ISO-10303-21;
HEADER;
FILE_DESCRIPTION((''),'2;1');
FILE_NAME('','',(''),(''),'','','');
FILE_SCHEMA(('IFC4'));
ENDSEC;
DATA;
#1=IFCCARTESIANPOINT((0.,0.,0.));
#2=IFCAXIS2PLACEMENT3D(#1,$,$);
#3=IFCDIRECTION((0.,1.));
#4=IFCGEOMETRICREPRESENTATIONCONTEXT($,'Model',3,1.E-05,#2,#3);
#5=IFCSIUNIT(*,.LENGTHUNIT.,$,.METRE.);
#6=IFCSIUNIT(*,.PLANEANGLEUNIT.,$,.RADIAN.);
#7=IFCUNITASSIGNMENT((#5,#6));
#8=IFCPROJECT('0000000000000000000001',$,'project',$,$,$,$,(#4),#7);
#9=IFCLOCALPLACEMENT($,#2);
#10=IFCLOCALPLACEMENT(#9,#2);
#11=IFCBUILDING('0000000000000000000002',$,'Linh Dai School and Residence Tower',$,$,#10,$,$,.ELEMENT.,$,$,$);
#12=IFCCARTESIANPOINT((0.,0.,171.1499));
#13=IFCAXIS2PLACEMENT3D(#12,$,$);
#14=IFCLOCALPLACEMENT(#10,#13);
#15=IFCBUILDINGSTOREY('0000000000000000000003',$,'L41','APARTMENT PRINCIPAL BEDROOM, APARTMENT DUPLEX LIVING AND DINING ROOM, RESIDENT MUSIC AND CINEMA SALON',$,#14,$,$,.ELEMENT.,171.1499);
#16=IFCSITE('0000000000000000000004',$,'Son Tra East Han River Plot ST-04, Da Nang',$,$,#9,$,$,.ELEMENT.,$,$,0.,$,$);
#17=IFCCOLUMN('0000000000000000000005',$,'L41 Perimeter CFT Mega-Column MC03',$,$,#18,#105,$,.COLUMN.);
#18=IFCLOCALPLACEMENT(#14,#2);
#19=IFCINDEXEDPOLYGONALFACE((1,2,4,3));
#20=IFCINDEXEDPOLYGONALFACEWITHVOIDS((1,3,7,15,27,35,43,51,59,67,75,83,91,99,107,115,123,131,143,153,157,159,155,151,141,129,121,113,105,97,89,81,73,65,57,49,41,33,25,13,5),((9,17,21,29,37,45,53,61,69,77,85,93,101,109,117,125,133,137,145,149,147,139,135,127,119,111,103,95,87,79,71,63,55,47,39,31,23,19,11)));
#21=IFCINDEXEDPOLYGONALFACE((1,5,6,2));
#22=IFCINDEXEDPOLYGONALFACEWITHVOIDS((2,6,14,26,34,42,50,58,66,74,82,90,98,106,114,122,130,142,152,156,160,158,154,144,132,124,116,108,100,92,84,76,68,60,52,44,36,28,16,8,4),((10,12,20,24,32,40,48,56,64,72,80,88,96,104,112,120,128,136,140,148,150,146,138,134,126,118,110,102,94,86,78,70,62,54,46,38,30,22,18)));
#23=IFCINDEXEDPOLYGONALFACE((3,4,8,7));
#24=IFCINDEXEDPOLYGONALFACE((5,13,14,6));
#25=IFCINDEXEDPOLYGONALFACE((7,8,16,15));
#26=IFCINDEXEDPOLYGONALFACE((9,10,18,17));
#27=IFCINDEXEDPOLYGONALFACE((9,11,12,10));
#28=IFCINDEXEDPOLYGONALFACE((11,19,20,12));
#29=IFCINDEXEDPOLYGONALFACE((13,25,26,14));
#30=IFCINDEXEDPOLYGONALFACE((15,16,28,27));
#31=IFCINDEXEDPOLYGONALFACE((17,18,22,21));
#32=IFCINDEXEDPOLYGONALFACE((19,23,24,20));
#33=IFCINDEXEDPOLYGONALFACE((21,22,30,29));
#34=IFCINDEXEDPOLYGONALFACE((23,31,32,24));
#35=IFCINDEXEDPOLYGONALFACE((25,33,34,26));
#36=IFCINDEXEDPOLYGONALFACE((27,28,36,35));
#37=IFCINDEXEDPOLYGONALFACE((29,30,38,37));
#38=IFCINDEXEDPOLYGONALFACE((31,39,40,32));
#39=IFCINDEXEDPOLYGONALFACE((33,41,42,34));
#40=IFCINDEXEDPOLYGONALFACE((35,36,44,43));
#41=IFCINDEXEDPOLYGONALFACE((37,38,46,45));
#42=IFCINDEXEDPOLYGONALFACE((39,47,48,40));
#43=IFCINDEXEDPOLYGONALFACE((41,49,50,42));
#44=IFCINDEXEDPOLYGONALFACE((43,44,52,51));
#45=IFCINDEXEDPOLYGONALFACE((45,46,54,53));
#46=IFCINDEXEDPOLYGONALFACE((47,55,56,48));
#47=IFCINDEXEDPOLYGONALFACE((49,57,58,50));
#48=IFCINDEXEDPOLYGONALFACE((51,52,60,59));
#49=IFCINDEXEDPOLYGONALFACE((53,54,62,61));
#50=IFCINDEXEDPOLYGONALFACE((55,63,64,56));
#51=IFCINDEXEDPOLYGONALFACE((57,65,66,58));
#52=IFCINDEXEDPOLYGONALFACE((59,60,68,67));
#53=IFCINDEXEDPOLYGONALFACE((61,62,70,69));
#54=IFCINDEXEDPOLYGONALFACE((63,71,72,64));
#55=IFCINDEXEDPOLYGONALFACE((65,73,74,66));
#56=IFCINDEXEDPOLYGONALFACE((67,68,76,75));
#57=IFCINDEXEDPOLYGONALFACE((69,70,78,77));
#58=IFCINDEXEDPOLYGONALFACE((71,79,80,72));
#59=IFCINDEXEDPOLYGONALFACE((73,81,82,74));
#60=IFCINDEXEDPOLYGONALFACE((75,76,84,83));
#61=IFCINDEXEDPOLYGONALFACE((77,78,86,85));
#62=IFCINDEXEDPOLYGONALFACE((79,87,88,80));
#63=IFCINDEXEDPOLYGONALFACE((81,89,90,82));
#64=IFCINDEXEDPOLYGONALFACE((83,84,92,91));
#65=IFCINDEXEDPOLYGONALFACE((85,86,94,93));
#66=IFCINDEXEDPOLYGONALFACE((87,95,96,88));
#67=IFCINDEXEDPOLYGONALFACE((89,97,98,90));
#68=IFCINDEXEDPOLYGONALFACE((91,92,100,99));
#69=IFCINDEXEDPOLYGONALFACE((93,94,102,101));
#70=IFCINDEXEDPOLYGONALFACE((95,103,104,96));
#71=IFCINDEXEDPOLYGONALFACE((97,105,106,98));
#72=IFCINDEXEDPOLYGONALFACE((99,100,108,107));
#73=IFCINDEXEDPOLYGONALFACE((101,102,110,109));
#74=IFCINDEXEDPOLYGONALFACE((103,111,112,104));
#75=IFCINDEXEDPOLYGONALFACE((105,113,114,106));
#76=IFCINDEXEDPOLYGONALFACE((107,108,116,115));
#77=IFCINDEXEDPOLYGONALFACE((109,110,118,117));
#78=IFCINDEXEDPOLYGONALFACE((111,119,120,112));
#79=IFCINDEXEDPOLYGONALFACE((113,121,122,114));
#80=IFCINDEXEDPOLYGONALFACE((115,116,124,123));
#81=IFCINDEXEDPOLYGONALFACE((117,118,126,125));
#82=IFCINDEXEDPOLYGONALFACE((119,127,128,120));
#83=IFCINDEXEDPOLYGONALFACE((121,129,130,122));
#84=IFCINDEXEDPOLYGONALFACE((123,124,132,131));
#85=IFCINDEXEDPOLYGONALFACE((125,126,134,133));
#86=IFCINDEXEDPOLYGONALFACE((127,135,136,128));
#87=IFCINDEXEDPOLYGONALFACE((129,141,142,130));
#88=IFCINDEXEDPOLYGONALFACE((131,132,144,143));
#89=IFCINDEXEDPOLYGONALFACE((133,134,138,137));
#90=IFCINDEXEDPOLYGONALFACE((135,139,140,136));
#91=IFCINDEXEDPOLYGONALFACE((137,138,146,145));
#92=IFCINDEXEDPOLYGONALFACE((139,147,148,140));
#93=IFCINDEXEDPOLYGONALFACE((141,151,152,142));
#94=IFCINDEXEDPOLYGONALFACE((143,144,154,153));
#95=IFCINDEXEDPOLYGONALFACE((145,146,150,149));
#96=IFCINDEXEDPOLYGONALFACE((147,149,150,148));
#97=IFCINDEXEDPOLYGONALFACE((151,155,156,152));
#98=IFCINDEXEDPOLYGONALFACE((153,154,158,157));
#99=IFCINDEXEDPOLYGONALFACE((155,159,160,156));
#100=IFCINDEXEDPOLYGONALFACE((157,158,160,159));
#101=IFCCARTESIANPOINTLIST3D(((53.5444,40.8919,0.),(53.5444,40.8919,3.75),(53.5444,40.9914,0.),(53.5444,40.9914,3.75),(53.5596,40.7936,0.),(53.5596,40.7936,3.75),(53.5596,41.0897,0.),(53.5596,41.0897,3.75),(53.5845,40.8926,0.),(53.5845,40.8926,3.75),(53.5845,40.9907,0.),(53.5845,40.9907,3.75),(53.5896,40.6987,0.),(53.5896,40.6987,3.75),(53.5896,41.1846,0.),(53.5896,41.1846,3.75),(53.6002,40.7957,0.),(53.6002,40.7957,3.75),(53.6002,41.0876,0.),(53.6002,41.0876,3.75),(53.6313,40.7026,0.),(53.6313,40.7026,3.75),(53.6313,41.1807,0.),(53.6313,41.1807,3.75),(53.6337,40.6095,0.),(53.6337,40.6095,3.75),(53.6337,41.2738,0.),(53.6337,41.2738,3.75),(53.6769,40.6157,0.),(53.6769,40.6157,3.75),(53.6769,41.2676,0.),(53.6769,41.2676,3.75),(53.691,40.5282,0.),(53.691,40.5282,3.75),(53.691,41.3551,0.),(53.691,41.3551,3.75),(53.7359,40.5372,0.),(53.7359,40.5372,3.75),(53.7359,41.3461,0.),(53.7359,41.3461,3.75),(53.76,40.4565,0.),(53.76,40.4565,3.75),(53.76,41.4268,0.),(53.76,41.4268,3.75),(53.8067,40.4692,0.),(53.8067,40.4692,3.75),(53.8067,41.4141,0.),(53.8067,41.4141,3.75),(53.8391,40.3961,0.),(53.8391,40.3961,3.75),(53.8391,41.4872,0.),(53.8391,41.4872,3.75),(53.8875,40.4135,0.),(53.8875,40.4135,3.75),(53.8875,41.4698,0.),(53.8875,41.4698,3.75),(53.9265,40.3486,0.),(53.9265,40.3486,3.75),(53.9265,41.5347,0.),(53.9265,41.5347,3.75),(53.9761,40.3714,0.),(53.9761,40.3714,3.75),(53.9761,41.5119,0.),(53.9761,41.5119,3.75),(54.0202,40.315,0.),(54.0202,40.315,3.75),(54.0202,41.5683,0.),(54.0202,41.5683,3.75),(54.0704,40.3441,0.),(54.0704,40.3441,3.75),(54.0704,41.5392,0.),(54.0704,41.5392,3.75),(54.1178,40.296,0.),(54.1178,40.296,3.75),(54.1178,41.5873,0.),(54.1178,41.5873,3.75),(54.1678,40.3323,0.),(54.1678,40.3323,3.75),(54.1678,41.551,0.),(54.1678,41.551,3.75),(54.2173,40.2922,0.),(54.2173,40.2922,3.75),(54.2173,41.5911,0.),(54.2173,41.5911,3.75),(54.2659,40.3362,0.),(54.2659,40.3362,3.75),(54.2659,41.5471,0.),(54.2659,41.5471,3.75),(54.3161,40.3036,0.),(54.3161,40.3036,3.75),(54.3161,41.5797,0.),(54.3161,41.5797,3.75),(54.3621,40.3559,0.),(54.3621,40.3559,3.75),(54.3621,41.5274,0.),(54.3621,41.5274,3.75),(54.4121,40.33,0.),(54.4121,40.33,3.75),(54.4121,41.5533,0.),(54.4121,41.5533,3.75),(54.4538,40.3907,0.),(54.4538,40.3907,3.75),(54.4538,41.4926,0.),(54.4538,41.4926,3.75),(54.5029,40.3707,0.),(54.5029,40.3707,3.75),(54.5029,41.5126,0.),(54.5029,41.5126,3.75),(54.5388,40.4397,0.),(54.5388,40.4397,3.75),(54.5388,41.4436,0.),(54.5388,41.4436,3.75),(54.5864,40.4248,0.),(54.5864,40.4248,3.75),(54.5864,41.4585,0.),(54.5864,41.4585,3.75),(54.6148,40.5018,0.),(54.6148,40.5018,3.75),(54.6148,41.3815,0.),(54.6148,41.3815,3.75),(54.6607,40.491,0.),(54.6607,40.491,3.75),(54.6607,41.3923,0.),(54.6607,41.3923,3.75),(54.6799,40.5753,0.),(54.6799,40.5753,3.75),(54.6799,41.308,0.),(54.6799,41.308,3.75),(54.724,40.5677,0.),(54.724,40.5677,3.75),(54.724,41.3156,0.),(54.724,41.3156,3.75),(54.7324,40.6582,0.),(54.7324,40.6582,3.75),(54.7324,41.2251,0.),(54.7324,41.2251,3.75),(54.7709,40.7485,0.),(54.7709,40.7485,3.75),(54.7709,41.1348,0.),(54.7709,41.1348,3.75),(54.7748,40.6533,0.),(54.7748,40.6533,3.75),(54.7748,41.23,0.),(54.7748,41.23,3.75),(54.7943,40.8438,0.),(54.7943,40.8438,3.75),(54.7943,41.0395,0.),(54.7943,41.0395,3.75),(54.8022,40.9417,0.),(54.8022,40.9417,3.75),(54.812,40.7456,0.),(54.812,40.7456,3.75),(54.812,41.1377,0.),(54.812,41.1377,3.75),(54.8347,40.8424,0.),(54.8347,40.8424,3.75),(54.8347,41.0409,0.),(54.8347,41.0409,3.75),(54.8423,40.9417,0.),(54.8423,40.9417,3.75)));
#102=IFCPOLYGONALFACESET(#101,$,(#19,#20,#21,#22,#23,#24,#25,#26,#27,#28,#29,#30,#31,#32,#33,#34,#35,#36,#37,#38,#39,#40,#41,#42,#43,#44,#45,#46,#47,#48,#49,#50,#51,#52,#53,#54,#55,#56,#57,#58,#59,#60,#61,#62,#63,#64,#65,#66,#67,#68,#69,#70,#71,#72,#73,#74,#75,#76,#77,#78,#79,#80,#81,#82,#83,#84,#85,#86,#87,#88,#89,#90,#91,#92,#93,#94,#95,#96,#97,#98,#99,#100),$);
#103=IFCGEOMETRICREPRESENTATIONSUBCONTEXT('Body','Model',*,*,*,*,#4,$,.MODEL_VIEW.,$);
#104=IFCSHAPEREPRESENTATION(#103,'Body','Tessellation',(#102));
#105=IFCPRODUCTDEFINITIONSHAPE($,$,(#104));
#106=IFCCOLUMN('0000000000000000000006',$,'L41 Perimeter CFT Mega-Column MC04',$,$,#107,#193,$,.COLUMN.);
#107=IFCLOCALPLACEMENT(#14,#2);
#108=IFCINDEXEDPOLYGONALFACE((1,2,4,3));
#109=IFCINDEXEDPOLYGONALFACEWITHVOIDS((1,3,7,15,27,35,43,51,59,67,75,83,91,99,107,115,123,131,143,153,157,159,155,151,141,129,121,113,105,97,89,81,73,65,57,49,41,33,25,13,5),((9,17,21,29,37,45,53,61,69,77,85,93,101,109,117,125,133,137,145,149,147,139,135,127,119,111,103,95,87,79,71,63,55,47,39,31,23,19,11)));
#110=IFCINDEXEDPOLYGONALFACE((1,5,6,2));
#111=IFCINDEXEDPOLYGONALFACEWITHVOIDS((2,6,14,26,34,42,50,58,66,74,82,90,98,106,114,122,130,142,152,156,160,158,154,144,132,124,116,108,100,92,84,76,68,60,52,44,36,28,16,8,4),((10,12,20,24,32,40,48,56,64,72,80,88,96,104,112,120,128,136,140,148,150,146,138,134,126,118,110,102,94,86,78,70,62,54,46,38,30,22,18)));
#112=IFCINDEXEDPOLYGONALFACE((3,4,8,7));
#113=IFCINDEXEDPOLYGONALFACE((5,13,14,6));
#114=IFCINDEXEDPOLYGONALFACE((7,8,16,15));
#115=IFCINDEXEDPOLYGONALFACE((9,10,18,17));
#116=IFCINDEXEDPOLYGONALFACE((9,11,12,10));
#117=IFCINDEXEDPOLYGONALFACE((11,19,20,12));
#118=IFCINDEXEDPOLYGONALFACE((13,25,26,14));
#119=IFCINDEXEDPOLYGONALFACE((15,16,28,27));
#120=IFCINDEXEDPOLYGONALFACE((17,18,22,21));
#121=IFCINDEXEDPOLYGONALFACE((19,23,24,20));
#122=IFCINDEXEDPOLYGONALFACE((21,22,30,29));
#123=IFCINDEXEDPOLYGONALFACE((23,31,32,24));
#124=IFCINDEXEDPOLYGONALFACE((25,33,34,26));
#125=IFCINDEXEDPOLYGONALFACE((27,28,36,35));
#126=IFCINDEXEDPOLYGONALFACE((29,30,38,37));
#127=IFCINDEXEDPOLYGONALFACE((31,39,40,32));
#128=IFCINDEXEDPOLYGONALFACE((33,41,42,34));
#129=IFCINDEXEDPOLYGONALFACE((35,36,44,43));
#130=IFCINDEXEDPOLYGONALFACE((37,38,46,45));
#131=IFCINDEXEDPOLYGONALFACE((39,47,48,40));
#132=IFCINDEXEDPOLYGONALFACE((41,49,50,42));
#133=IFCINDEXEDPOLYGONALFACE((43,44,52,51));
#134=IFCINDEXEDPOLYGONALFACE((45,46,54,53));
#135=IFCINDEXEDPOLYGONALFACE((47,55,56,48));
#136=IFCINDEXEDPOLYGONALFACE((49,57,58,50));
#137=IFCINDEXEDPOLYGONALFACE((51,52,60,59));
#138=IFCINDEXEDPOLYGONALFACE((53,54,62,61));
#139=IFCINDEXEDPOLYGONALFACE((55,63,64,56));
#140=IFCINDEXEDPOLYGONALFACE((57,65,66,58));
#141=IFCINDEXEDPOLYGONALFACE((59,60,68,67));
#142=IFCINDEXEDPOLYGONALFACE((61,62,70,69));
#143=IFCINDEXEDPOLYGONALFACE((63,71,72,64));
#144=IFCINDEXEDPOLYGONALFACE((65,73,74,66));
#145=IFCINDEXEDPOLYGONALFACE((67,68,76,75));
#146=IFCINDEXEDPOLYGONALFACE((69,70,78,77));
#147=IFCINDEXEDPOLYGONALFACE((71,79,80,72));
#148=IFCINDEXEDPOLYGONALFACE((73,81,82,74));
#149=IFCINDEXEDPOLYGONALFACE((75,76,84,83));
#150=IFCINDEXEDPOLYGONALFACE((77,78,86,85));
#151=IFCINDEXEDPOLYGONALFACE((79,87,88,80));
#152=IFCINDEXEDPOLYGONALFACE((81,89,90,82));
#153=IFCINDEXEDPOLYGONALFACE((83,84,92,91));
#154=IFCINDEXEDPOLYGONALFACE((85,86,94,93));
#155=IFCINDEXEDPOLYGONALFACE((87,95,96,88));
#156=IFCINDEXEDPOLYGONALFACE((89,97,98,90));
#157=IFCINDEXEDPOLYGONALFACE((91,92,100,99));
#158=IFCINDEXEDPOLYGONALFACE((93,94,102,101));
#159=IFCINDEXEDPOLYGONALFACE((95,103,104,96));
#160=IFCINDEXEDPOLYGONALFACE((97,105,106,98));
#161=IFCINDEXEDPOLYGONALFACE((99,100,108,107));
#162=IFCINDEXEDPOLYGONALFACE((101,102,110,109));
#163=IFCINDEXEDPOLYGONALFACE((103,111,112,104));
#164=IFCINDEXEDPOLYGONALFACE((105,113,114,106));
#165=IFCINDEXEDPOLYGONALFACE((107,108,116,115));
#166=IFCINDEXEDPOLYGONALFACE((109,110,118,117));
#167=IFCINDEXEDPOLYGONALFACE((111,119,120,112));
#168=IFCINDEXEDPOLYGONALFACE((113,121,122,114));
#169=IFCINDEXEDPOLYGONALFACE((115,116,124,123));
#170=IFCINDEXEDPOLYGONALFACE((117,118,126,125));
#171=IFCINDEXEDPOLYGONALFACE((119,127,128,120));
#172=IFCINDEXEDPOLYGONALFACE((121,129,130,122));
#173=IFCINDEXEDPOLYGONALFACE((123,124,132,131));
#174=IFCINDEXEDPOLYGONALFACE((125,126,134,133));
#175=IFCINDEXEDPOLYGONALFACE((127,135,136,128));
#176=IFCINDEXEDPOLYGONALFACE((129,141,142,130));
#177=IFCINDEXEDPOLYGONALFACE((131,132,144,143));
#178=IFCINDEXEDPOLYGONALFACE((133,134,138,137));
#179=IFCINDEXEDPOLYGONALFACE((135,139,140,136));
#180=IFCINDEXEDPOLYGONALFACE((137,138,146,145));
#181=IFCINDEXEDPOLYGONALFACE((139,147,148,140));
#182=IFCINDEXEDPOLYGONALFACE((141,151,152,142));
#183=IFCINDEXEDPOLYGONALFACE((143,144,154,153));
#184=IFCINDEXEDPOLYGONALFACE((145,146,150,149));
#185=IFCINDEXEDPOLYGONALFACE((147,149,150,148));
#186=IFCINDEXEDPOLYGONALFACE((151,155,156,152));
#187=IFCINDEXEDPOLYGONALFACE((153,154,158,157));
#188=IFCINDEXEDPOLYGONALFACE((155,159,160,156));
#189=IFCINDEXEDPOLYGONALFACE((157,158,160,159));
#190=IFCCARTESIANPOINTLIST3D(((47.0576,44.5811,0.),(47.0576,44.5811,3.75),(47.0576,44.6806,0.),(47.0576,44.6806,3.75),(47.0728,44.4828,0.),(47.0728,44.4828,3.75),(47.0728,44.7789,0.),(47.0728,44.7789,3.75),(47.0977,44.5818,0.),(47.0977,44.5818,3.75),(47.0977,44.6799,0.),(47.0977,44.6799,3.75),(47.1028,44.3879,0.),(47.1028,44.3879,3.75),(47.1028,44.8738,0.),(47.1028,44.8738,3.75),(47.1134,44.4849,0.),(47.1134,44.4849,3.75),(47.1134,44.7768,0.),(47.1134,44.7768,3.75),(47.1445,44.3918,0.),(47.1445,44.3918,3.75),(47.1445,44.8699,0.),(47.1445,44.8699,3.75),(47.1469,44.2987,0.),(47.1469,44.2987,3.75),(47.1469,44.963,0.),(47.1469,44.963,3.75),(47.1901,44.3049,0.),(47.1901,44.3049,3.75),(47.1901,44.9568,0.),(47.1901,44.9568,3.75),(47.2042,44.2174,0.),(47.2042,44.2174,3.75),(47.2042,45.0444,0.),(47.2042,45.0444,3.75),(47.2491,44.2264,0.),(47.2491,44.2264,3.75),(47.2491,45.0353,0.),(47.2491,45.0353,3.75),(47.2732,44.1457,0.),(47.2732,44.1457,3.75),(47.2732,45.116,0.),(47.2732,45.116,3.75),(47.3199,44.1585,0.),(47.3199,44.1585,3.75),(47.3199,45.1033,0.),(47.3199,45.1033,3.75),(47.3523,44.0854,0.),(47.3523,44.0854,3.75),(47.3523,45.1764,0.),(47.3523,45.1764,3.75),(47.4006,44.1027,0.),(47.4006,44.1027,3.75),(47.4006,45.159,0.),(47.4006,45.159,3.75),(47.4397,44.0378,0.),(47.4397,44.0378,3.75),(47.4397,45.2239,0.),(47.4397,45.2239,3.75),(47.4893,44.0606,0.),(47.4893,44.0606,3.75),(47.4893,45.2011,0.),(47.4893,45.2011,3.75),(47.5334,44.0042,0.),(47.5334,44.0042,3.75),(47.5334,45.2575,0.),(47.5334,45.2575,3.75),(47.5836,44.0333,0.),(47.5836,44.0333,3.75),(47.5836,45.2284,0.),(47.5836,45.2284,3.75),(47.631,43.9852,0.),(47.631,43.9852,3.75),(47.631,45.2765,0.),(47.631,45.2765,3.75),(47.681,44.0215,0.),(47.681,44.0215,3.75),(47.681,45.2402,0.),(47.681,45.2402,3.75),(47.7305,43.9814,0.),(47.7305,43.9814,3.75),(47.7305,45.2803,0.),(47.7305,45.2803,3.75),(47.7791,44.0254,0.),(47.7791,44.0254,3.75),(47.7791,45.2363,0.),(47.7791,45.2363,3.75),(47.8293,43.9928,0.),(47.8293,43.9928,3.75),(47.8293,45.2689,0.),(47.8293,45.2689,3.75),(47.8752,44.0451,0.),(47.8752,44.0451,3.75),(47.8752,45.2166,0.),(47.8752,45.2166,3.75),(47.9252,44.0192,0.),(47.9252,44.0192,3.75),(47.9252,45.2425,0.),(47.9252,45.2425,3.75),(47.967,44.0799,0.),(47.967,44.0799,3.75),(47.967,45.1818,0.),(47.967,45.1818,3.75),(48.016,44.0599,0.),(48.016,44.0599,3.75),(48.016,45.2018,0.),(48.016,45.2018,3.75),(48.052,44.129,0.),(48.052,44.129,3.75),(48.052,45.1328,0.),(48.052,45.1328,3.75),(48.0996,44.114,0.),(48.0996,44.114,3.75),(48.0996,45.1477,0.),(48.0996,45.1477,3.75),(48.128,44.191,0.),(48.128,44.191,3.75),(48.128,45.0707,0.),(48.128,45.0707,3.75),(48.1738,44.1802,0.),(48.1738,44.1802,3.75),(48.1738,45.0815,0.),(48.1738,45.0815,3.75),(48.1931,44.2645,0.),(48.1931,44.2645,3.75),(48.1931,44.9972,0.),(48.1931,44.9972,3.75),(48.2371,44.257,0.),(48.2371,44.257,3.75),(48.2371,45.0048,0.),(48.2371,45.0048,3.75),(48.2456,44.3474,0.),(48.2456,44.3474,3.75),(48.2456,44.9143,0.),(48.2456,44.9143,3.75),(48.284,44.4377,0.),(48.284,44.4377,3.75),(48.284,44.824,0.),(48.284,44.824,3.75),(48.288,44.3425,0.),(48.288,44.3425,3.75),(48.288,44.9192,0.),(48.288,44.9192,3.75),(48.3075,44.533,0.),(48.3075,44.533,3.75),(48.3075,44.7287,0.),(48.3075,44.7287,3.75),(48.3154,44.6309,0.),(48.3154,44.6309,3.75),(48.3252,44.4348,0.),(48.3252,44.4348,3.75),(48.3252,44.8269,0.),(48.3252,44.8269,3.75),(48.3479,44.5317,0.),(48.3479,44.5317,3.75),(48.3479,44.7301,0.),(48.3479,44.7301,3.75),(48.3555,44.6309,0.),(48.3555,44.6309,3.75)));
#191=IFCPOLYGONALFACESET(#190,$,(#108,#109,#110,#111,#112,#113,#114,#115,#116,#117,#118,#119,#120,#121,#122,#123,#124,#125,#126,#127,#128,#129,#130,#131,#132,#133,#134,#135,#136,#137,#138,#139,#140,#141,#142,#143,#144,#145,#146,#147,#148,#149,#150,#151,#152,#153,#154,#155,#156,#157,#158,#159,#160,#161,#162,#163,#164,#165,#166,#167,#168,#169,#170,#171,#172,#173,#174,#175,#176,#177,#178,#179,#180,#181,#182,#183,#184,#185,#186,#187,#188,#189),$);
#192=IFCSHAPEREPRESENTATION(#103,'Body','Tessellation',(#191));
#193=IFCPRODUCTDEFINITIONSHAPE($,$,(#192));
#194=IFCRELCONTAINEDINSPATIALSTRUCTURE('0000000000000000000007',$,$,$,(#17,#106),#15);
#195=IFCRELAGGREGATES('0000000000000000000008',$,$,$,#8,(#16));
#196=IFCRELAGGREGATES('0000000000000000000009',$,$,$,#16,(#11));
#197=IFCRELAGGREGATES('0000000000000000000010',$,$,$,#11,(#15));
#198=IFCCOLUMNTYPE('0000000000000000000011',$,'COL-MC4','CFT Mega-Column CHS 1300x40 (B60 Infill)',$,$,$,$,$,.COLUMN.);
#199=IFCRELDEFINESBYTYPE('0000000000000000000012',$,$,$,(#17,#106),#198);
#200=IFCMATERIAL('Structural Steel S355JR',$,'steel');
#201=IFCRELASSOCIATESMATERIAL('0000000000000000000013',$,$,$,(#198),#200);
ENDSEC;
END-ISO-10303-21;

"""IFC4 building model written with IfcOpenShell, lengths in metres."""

from ifc_helpers import new_model, si_unit, direction, frame, origin, origin_2d, place, context, subcontext, project, spatial, hollow_circle, extrude, material, material_profile, profile_set, type_object, element, save


model = new_model("IFC4")

# Units and contexts
model_context = context("Model", 3, precision=1e-05, world=origin(), true_north=direction((0.0, 1.0)))
body_context = subcontext(model_context, "Body", "Model", "MODEL_VIEW")
ifc_project = project(units=[si_unit("LENGTHUNIT", "METRE"), si_unit("PLANEANGLEUNIT", "RADIAN")], contexts=[model_context])

# Site, building, storey
site_placement = place(None, origin())
site = spatial("IfcSite", under=ifc_project, at=site_placement, Name="Son Tra East Han River Plot ST-04, Da Nang", CompositionType="ELEMENT", RefElevation=0.0)
building_placement = place(site_placement, origin())
building = spatial("IfcBuilding", under=site, at=building_placement, Name="Linh Dai School and Residence Tower", CompositionType="ELEMENT")
storey_placement = place(building_placement, frame((0.0, 0.0, 171.1499)))
storey = spatial("IfcBuildingStorey", under=building, at=storey_placement, Name="L41", Description="APARTMENT PRINCIPAL BEDROOM, APARTMENT DUPLEX LIVING AND DINING ROOM, RESIDENT MUSIC AND CINEMA SALON", CompositionType="ELEMENT", Elevation=171.1499)

# Columns
ifc_material_1 = material(Name="Structural Steel S355JR", Category="steel")
ifc_material_profile_1 = material_profile(ifc_material_1, hollow_circle(Radius=0.6499, WallThickness=0.04, at=origin_2d()), Name="CHS 1300x40")
ifc_profile_set_1 = profile_set([ifc_material_profile_1], Name="Structural Steel S355JR")
column_type = type_object("IfcColumnType", Name="COL-MC4", Description="CFT Mega-Column CHS 1300x40 (B60 Infill)", PredefinedType="COLUMN", material=ifc_profile_set_1)
for number, where, z_axis, x_axis, name in (
    (1, (54.1924, 40.9417, 0.0), (0.0, 0.0, 1.0), (1.0, 0.0, 0.0), "L41 Perimeter CFT Mega-Column MC03"),
    (2, (47.7056, 44.6309, 0.0), (0.0, 0.0, 1.0), (1.0, 0.0, 0.0), "L41 Perimeter CFT Mega-Column MC04"),
):
    element("IfcColumn", number, at=place(storey_placement, frame(where, z_axis=z_axis, x_axis=x_axis)), inside=storey, type_object=column_type, Name=name, PredefinedType="COLUMN", context=body_context, shape_type="SweptSolid", body=[
        extrude(hollow_circle(Radius=0.6499, WallThickness=0.04, at=origin_2d()), origin(), (0.0, 0.0, 1.0), 3.75),
    ])

save(model, "model.ifc")
